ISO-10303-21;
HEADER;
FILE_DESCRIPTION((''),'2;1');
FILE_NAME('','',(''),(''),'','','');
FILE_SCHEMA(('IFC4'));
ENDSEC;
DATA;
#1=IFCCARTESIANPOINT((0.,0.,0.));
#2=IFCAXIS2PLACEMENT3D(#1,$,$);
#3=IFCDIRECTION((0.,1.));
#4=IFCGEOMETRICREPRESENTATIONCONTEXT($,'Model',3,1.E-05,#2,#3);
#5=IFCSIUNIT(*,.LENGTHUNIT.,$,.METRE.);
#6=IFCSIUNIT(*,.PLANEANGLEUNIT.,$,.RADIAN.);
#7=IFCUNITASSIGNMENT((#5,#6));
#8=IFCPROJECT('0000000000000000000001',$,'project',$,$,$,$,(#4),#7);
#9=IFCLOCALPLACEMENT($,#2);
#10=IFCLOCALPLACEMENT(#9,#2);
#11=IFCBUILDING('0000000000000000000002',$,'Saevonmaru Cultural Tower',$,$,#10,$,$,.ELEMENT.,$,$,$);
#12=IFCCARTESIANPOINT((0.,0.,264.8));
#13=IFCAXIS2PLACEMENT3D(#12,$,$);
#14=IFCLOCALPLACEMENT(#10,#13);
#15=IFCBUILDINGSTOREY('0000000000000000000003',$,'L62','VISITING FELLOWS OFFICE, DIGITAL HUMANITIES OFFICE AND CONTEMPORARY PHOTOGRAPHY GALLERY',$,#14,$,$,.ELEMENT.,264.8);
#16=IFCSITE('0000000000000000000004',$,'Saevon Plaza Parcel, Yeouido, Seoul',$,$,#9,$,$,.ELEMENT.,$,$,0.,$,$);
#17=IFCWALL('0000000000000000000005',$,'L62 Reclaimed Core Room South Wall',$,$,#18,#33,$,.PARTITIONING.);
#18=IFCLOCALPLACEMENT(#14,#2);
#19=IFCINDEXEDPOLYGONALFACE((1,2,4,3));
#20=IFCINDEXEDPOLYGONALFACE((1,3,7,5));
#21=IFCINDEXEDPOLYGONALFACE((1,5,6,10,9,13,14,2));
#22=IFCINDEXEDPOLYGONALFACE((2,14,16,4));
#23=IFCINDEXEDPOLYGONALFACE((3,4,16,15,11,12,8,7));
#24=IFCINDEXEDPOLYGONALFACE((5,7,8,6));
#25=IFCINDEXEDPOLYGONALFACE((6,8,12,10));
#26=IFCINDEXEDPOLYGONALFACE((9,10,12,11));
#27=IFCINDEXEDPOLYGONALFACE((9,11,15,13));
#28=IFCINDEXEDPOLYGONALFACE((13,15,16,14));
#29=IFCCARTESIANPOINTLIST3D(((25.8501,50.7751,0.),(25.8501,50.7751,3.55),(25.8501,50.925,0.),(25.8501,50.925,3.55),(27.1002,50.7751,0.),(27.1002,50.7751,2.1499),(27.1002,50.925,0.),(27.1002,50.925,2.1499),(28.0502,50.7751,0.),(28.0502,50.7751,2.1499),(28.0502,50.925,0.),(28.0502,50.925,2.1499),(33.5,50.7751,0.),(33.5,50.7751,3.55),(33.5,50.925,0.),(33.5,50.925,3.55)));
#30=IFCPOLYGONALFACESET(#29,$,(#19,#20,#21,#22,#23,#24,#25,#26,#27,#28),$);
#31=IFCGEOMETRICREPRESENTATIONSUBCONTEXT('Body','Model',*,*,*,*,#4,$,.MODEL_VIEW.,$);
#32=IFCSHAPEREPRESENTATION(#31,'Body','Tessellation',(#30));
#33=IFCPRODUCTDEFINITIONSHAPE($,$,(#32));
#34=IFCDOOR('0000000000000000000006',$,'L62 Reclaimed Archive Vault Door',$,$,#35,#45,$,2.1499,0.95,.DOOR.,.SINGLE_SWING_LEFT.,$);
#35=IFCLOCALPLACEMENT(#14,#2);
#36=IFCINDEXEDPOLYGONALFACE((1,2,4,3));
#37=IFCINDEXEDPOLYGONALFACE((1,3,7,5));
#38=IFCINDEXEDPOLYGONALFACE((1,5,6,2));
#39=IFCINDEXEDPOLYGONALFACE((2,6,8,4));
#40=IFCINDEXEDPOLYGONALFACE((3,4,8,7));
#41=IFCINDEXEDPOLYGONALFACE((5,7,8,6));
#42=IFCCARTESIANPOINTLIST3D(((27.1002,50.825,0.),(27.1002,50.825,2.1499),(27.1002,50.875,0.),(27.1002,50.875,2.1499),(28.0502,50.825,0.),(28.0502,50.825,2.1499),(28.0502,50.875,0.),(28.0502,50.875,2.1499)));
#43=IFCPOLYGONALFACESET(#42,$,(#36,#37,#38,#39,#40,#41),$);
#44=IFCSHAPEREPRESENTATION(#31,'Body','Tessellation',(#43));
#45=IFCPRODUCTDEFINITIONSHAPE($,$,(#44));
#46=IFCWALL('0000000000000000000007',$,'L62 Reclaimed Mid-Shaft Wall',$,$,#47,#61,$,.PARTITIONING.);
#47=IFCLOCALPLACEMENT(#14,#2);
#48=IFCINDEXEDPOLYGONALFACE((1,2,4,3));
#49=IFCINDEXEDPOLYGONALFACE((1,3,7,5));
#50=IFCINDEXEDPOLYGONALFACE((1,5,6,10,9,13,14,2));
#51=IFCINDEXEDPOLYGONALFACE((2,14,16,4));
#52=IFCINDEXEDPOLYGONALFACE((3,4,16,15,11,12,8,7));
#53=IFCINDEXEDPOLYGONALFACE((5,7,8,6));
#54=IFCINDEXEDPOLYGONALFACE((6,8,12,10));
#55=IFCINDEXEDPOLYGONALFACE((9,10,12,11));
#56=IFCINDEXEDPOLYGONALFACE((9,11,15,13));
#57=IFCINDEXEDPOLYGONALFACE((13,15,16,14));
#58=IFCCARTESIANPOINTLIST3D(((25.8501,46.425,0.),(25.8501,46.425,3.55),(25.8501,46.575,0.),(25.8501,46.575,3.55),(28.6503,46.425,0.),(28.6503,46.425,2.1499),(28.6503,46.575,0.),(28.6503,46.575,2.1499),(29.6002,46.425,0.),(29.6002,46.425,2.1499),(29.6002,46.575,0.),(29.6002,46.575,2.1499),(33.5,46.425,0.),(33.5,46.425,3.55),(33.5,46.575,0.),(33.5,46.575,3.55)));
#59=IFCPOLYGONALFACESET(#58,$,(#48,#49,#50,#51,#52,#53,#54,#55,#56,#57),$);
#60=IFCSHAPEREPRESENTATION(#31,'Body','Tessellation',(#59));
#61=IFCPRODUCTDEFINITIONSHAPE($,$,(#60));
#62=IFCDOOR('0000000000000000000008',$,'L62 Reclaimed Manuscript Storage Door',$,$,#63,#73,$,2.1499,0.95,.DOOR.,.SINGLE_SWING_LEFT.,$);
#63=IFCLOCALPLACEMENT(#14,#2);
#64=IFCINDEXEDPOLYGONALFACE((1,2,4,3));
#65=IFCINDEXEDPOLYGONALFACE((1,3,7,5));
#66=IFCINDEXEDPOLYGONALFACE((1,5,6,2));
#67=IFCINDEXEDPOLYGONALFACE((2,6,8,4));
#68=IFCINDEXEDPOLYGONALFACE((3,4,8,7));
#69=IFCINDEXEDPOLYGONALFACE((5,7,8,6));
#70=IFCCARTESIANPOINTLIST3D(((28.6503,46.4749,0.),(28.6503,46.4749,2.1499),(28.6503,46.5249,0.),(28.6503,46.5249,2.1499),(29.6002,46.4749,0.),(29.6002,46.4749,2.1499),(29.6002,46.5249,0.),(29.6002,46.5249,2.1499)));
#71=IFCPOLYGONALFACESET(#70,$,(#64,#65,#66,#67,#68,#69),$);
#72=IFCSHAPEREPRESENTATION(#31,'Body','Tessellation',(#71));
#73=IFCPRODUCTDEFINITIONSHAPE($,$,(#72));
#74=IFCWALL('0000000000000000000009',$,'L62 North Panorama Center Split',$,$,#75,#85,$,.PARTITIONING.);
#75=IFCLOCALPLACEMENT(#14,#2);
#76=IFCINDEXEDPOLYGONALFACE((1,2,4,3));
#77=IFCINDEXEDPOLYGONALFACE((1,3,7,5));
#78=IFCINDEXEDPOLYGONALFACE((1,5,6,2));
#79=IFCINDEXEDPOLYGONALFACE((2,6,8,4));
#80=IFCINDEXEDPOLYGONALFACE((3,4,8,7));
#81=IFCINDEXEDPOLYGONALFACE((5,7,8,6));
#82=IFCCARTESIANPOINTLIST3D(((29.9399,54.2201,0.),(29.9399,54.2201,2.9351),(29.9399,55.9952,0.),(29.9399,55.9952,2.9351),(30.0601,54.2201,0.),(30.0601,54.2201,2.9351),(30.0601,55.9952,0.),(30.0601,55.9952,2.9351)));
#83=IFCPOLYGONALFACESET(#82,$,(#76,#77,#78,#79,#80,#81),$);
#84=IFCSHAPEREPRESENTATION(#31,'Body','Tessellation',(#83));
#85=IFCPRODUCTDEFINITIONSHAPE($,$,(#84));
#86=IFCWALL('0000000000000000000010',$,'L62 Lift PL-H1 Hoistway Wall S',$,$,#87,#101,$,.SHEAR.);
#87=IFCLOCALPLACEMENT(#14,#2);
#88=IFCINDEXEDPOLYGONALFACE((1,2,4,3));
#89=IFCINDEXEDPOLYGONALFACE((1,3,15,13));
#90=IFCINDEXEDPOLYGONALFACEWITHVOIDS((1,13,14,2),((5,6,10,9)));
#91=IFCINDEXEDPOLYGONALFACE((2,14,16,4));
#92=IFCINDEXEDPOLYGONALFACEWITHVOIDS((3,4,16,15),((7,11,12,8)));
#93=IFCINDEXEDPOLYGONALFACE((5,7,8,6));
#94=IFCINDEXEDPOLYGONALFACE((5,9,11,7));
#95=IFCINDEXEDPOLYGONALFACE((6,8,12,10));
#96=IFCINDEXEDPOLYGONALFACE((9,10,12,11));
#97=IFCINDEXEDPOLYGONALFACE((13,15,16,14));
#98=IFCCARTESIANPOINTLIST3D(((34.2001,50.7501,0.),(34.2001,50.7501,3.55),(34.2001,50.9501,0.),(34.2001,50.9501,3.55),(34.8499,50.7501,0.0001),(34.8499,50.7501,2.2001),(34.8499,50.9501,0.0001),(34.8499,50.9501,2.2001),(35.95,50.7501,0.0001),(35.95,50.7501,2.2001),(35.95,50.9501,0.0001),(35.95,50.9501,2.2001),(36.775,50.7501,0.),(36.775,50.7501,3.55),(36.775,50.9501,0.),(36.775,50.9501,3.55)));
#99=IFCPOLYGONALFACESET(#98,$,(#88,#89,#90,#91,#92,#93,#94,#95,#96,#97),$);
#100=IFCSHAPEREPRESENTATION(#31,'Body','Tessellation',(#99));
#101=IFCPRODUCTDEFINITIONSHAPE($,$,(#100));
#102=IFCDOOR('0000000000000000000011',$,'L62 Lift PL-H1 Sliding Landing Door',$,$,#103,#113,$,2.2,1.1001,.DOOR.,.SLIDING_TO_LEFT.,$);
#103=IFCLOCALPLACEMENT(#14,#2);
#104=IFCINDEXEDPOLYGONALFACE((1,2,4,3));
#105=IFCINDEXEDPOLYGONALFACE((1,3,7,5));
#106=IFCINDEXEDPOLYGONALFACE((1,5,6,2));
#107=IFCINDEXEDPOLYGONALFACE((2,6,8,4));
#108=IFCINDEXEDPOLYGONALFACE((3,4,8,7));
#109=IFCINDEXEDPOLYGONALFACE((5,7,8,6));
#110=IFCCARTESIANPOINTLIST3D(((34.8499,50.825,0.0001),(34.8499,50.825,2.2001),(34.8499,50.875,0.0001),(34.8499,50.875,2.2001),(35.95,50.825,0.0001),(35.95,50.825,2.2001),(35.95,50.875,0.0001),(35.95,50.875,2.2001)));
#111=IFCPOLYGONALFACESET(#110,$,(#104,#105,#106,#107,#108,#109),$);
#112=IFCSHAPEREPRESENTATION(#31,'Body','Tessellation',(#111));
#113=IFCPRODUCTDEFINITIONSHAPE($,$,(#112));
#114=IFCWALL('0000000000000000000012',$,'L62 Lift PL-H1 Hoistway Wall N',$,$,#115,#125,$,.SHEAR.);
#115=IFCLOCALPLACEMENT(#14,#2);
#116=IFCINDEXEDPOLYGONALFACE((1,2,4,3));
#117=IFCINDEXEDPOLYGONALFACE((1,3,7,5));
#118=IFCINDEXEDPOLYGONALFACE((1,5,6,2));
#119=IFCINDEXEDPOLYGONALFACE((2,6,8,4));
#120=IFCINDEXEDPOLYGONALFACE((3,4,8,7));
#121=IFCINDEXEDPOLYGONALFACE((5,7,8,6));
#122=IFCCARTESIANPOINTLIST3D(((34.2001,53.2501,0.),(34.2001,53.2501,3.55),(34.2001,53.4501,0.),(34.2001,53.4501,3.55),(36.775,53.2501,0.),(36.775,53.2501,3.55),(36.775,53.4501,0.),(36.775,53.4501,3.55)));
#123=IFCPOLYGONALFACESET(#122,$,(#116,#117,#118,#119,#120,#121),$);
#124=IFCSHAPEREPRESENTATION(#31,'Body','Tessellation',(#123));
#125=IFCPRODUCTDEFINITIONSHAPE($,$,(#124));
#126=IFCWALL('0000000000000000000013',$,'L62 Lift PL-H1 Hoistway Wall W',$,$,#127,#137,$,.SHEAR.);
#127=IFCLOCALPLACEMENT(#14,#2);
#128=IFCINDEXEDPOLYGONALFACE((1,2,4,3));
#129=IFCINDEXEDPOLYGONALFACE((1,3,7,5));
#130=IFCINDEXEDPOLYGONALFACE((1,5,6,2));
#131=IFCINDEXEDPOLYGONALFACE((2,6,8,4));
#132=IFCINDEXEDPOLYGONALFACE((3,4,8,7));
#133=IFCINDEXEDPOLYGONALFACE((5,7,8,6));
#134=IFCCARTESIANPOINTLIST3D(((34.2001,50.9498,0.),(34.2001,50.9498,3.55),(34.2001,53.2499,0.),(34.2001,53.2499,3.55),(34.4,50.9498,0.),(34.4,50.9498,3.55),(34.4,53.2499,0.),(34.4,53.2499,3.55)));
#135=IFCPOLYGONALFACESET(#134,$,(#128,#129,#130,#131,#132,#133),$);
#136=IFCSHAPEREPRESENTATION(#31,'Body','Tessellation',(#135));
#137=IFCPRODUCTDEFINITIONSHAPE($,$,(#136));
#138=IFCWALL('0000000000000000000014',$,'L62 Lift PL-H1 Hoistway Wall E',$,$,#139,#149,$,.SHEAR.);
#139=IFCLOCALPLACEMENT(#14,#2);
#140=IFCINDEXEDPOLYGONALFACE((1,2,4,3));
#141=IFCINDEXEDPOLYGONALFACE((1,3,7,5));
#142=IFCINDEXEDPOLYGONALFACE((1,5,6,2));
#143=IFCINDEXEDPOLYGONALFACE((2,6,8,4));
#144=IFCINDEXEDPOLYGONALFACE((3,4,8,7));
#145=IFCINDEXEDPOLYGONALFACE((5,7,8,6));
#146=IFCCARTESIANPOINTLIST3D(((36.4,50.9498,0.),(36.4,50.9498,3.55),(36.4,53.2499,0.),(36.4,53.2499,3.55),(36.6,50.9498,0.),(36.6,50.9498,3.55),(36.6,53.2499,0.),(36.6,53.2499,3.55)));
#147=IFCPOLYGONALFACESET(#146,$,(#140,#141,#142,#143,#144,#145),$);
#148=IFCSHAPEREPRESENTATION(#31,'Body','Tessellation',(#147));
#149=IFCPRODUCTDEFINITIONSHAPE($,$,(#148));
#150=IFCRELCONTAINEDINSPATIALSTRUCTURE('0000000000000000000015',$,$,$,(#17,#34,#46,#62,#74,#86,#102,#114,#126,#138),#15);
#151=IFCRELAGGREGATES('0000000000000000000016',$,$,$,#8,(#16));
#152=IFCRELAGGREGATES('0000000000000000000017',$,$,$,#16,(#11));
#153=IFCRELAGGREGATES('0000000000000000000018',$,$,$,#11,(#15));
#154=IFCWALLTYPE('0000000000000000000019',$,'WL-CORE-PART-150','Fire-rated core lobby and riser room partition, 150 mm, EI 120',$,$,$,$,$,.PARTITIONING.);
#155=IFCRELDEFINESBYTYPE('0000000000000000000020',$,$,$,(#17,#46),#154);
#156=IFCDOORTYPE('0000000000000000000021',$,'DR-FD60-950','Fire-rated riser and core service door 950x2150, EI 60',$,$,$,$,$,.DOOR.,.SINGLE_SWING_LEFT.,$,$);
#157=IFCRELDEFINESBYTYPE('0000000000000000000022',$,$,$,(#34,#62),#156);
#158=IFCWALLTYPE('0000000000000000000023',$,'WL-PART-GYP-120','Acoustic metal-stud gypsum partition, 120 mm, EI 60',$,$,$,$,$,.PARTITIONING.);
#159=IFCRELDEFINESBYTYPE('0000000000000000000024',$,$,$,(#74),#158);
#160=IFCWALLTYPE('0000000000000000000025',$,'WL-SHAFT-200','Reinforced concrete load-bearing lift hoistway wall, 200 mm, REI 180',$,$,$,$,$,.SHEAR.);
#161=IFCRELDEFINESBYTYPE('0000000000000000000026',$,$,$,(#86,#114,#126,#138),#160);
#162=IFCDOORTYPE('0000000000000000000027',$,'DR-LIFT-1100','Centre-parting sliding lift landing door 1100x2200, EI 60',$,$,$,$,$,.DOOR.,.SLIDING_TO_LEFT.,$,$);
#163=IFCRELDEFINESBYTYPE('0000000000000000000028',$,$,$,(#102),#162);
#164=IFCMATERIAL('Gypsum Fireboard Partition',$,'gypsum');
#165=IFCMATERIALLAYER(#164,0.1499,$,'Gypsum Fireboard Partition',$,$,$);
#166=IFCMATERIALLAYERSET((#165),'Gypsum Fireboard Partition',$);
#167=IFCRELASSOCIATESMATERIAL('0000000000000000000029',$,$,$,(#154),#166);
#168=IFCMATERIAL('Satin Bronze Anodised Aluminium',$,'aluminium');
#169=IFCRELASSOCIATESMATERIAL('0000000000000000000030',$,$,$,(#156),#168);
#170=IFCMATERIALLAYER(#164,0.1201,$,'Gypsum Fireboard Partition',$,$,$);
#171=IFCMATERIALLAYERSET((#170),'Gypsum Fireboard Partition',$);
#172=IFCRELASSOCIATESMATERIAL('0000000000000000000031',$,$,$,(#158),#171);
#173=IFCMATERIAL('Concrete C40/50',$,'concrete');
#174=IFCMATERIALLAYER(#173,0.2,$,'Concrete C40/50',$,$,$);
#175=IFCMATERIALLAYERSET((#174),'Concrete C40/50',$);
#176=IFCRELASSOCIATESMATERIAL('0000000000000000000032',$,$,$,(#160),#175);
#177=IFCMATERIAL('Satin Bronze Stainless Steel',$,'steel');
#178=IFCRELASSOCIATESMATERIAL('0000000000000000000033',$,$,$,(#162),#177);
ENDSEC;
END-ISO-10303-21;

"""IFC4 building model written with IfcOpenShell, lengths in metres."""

from ifc_helpers import new_model, si_unit, direction, frame, frame_2d, origin, place, context, subcontext, project, spatial, rectangle, extrude, material, layer, layer_set, type_object, element, fill, save


model = new_model("IFC4")

# Units and contexts
model_context = context("Model", 3, precision=1e-05, world=origin(), true_north=direction((0.0, 1.0)))
body_context = subcontext(model_context, "Body", "Model", "MODEL_VIEW")
ifc_project = project(units=[si_unit("LENGTHUNIT", "METRE"), si_unit("PLANEANGLEUNIT", "RADIAN")], contexts=[model_context])

# Site, building, storey
site_placement = place(None, origin())
site = spatial("IfcSite", under=ifc_project, at=site_placement, Name="Saevon Plaza Parcel, Yeouido, Seoul", CompositionType="ELEMENT", RefElevation=0.0)
building_placement = place(site_placement, origin())
building = spatial("IfcBuilding", under=site, at=building_placement, Name="Saevonmaru Cultural Tower", CompositionType="ELEMENT")
storey_placement = place(building_placement, frame((0.0, 0.0, 264.8)))
storey = spatial("IfcBuildingStorey", under=building, at=storey_placement, Name="L62", Description="VISITING FELLOWS OFFICE, DIGITAL HUMANITIES OFFICE AND CONTEMPORARY PHOTOGRAPHY GALLERY", CompositionType="ELEMENT", Elevation=264.8)

# Shared definitions
ifc_material_1 = material(Name="Satin Bronze Anodised Aluminium", Category="aluminium")

# Shared definitions
ifc_material_2 = material(Name="Gypsum Fireboard Partition", Category="gypsum")
ifc_layer_1 = layer(ifc_material_2, 0.1499, Name="Gypsum Fireboard Partition")
ifc_layer_set_1 = layer_set([ifc_layer_1], Name="Gypsum Fireboard Partition")
wall_type_1 = type_object("IfcWallType", Name="WL-CORE-PART-150", Description="Fire-rated core lobby and riser room partition, 150 mm, EI 120", PredefinedType="PARTITIONING", material=ifc_layer_set_1)

# Shared definitions
door_type_1 = type_object("IfcDoorType", Name="DR-FD60-950", Description="Fire-rated riser and core service door 950x2150, EI 60", OperationType="SINGLE_SWING_LEFT", PredefinedType="DOOR", material=ifc_material_1)

# Walls, openings, doors
wall_1_placement = place(storey_placement, frame((25.8501, 50.8501, 0.0), z_axis=(0.0, 0.0, 1.0), x_axis=(1.0, 0.0, 0.0)))
wall_1 = element("IfcWall", 1, at=wall_1_placement, inside=storey, type_object=wall_type_1, Name="L62 Reclaimed Core Room South Wall", PredefinedType="PARTITIONING", context=body_context, shape_type="SweptSolid", body=[
    extrude(rectangle(XDim=7.6499, YDim=0.1499, at=frame_2d((3.825, 0.0))), origin(), (0.0, 0.0, 1.0), 3.55),
])
opening_1_placement = place(wall_1_placement, frame((1.25, 0.0, 0.0)))
opening_1 = element("IfcOpeningElement", 2, at=opening_1_placement, cuts=wall_1, PredefinedType="OPENING", context=body_context, shape_type="SweptSolid", body=[
    extrude(rectangle(XDim=0.95, YDim=2.1499, at=frame_2d((0.4751, 1.075))), frame((0.0, 0.085, 0.0), z_axis=(0.0, -1.0, 0.0), x_axis=(1.0, 0.0, 0.0)), (0.0, 0.0, 1.0), 0.1699),
])
door_1_placement = place(opening_1_placement, origin())
door_1 = element("IfcDoor", 3, at=door_1_placement, inside=storey, type_object=door_type_1, Name="L62 Reclaimed Archive Vault Door", OperationType="SINGLE_SWING_LEFT", OverallHeight=2.1499, OverallWidth=0.95, PredefinedType="DOOR", context=body_context, shape_type="SweptSolid", body=[
    extrude(rectangle(XDim=0.95, YDim=2.1499, at=frame_2d((0.4751, 1.075))), frame((0.0, 0.0249, 0.0), z_axis=(0.0, -1.0, 0.0), x_axis=(1.0, 0.0, 0.0)), (0.0, 0.0, 1.0), 0.05),
])
fill(opening_1, door_1)
wall_2_placement = place(storey_placement, frame((25.8501, 46.5, 0.0), z_axis=(0.0, 0.0, 1.0), x_axis=(1.0, 0.0, 0.0)))
wall_2 = element("IfcWall", 4, at=wall_2_placement, inside=storey, type_object=wall_type_1, Name="L62 Reclaimed Mid-Shaft Wall", PredefinedType="PARTITIONING", context=body_context, shape_type="SweptSolid", body=[
    extrude(rectangle(XDim=7.6499, YDim=0.1499, at=frame_2d((3.825, 0.0))), origin(), (0.0, 0.0, 1.0), 3.55),
])
opening_2_placement = place(wall_2_placement, frame((2.8, 0.0, 0.0)))
opening_2 = element("IfcOpeningElement", 5, at=opening_2_placement, cuts=wall_2, PredefinedType="OPENING", context=body_context, shape_type="SweptSolid", body=[
    extrude(rectangle(XDim=0.95, YDim=2.1499, at=frame_2d((0.4751, 1.075))), frame((0.0, 0.085, 0.0), z_axis=(0.0, -1.0, 0.0), x_axis=(1.0, 0.0, 0.0)), (0.0, 0.0, 1.0), 0.1699),
])
door_2_placement = place(opening_2_placement, origin())
door_2 = element("IfcDoor", 6, at=door_2_placement, inside=storey, type_object=door_type_1, Name="L62 Reclaimed Manuscript Storage Door", OperationType="SINGLE_SWING_LEFT", OverallHeight=2.1499, OverallWidth=0.95, PredefinedType="DOOR", context=body_context, shape_type="SweptSolid", body=[
    extrude(rectangle(XDim=0.95, YDim=2.1499, at=frame_2d((0.4751, 1.075))), frame((0.0, 0.0249, 0.0), z_axis=(0.0, -1.0, 0.0), x_axis=(1.0, 0.0, 0.0)), (0.0, 0.0, 1.0), 0.05),
])
fill(opening_2, door_2)

# Wall
ifc_layer_2 = layer(ifc_material_2, 0.1201, Name="Gypsum Fireboard Partition")
ifc_layer_set_2 = layer_set([ifc_layer_2], Name="Gypsum Fireboard Partition")
wall_type_2 = type_object("IfcWallType", Name="WL-PART-GYP-120", Description="Acoustic metal-stud gypsum partition, 120 mm, EI 60", PredefinedType="PARTITIONING", material=ifc_layer_set_2)
wall_3_placement = place(storey_placement, frame((30.0, 54.22, 0.0), z_axis=(0.0, 0.0, 1.0), x_axis=(0.0, 1.0, 0.0)))
element("IfcWall", 7, at=wall_3_placement, inside=storey, type_object=wall_type_2, Name="L62 North Panorama Center Split", PredefinedType="PARTITIONING", context=body_context, shape_type="SweptSolid", body=[
    extrude(rectangle(XDim=1.7751, YDim=0.1201, at=frame_2d((0.8877, 0.0))), origin(), (0.0, 0.0, 1.0), 2.9351),
])

# Wall, opening, door
ifc_material_3 = material(Name="Concrete C40/50", Category="concrete")
ifc_layer_3 = layer(ifc_material_3, 0.2, Name="Concrete C40/50")
ifc_layer_set_3 = layer_set([ifc_layer_3], Name="Concrete C40/50")
wall_type_3 = type_object("IfcWallType", Name="WL-SHAFT-200", Description="Reinforced concrete load-bearing lift hoistway wall, 200 mm, REI 180", PredefinedType="SHEAR", material=ifc_layer_set_3)
wall_4_placement = place(storey_placement, frame((34.2, 50.8501, 0.0), z_axis=(0.0, 0.0, 1.0), x_axis=(1.0, 0.0, 0.0)))
wall_4 = element("IfcWall", 8, at=wall_4_placement, inside=storey, type_object=wall_type_3, Name="L62 Lift PL-H1 Hoistway Wall S", PredefinedType="SHEAR", context=body_context, shape_type="SweptSolid", body=[
    extrude(rectangle(XDim=2.575, YDim=0.2, at=frame_2d((1.2876, 0.0))), origin(), (0.0, 0.0, 1.0), 3.55),
])
opening_3_placement = place(wall_4_placement, frame((0.6499, 0.0, 0.0)))
opening_3 = element("IfcOpeningElement", 9, at=opening_3_placement, cuts=wall_4, PredefinedType="OPENING", context=body_context, shape_type="SweptSolid", body=[
    extrude(rectangle(XDim=1.1001, YDim=2.2, at=frame_2d((0.55, 1.1001))), frame((0.0, 0.1099, 0.0), z_axis=(0.0, -1.0, 0.0), x_axis=(1.0, 0.0, 0.0)), (0.0, 0.0, 1.0), 0.22),
])
ifc_material_4 = material(Name="Satin Bronze Stainless Steel", Category="steel")
door_type_2 = type_object("IfcDoorType", Name="DR-LIFT-1100", Description="Centre-parting sliding lift landing door 1100x2200, EI 60", OperationType="SLIDING_TO_LEFT", PredefinedType="DOOR", material=ifc_material_4)
door_3_placement = place(opening_3_placement, origin())
door_3 = element("IfcDoor", 10, at=door_3_placement, inside=storey, type_object=door_type_2, Name="L62 Lift PL-H1 Sliding Landing Door", OperationType="SLIDING_TO_LEFT", OverallHeight=2.2, OverallWidth=1.1001, PredefinedType="DOOR", context=body_context, shape_type="SweptSolid", body=[
    extrude(rectangle(XDim=1.1001, YDim=2.2, at=frame_2d((0.55, 1.1001))), frame((0.0, 0.0249, 0.0), z_axis=(0.0, -1.0, 0.0), x_axis=(1.0, 0.0, 0.0)), (0.0, 0.0, 1.0), 0.05),
])
fill(opening_3, door_3)

# Walls
wall_5_placement = place(storey_placement, frame((34.2, 53.3501, 0.0), z_axis=(0.0, 0.0, 1.0), x_axis=(1.0, 0.0, 0.0)))
element("IfcWall", 11, at=wall_5_placement, inside=storey, type_object=wall_type_3, Name="L62 Lift PL-H1 Hoistway Wall N", PredefinedType="SHEAR", context=body_context, shape_type="SweptSolid", body=[
    extrude(rectangle(XDim=2.575, YDim=0.2, at=frame_2d((1.2876, 0.0))), origin(), (0.0, 0.0, 1.0), 3.55),
])
for number, where, z_axis, x_axis, name in (
    (12, (34.3, 50.95, 0.0), (0.0, 0.0, 1.0), (0.0, 1.0, 0.0), "L62 Lift PL-H1 Hoistway Wall W"),
    (13, (36.5, 50.95, 0.0), (0.0, 0.0, 1.0), (0.0, 1.0, 0.0), "L62 Lift PL-H1 Hoistway Wall E"),
):
    element("IfcWall", number, at=place(storey_placement, frame(where, z_axis=z_axis, x_axis=x_axis)), inside=storey, type_object=wall_type_3, Name=name, PredefinedType="SHEAR", context=body_context, shape_type="SweptSolid", body=[
        extrude(rectangle(XDim=2.3, YDim=0.2, at=frame_2d((1.1499, 0.0))), origin(), (0.0, 0.0, 1.0), 3.55),
    ])

save(model, "model.ifc")
